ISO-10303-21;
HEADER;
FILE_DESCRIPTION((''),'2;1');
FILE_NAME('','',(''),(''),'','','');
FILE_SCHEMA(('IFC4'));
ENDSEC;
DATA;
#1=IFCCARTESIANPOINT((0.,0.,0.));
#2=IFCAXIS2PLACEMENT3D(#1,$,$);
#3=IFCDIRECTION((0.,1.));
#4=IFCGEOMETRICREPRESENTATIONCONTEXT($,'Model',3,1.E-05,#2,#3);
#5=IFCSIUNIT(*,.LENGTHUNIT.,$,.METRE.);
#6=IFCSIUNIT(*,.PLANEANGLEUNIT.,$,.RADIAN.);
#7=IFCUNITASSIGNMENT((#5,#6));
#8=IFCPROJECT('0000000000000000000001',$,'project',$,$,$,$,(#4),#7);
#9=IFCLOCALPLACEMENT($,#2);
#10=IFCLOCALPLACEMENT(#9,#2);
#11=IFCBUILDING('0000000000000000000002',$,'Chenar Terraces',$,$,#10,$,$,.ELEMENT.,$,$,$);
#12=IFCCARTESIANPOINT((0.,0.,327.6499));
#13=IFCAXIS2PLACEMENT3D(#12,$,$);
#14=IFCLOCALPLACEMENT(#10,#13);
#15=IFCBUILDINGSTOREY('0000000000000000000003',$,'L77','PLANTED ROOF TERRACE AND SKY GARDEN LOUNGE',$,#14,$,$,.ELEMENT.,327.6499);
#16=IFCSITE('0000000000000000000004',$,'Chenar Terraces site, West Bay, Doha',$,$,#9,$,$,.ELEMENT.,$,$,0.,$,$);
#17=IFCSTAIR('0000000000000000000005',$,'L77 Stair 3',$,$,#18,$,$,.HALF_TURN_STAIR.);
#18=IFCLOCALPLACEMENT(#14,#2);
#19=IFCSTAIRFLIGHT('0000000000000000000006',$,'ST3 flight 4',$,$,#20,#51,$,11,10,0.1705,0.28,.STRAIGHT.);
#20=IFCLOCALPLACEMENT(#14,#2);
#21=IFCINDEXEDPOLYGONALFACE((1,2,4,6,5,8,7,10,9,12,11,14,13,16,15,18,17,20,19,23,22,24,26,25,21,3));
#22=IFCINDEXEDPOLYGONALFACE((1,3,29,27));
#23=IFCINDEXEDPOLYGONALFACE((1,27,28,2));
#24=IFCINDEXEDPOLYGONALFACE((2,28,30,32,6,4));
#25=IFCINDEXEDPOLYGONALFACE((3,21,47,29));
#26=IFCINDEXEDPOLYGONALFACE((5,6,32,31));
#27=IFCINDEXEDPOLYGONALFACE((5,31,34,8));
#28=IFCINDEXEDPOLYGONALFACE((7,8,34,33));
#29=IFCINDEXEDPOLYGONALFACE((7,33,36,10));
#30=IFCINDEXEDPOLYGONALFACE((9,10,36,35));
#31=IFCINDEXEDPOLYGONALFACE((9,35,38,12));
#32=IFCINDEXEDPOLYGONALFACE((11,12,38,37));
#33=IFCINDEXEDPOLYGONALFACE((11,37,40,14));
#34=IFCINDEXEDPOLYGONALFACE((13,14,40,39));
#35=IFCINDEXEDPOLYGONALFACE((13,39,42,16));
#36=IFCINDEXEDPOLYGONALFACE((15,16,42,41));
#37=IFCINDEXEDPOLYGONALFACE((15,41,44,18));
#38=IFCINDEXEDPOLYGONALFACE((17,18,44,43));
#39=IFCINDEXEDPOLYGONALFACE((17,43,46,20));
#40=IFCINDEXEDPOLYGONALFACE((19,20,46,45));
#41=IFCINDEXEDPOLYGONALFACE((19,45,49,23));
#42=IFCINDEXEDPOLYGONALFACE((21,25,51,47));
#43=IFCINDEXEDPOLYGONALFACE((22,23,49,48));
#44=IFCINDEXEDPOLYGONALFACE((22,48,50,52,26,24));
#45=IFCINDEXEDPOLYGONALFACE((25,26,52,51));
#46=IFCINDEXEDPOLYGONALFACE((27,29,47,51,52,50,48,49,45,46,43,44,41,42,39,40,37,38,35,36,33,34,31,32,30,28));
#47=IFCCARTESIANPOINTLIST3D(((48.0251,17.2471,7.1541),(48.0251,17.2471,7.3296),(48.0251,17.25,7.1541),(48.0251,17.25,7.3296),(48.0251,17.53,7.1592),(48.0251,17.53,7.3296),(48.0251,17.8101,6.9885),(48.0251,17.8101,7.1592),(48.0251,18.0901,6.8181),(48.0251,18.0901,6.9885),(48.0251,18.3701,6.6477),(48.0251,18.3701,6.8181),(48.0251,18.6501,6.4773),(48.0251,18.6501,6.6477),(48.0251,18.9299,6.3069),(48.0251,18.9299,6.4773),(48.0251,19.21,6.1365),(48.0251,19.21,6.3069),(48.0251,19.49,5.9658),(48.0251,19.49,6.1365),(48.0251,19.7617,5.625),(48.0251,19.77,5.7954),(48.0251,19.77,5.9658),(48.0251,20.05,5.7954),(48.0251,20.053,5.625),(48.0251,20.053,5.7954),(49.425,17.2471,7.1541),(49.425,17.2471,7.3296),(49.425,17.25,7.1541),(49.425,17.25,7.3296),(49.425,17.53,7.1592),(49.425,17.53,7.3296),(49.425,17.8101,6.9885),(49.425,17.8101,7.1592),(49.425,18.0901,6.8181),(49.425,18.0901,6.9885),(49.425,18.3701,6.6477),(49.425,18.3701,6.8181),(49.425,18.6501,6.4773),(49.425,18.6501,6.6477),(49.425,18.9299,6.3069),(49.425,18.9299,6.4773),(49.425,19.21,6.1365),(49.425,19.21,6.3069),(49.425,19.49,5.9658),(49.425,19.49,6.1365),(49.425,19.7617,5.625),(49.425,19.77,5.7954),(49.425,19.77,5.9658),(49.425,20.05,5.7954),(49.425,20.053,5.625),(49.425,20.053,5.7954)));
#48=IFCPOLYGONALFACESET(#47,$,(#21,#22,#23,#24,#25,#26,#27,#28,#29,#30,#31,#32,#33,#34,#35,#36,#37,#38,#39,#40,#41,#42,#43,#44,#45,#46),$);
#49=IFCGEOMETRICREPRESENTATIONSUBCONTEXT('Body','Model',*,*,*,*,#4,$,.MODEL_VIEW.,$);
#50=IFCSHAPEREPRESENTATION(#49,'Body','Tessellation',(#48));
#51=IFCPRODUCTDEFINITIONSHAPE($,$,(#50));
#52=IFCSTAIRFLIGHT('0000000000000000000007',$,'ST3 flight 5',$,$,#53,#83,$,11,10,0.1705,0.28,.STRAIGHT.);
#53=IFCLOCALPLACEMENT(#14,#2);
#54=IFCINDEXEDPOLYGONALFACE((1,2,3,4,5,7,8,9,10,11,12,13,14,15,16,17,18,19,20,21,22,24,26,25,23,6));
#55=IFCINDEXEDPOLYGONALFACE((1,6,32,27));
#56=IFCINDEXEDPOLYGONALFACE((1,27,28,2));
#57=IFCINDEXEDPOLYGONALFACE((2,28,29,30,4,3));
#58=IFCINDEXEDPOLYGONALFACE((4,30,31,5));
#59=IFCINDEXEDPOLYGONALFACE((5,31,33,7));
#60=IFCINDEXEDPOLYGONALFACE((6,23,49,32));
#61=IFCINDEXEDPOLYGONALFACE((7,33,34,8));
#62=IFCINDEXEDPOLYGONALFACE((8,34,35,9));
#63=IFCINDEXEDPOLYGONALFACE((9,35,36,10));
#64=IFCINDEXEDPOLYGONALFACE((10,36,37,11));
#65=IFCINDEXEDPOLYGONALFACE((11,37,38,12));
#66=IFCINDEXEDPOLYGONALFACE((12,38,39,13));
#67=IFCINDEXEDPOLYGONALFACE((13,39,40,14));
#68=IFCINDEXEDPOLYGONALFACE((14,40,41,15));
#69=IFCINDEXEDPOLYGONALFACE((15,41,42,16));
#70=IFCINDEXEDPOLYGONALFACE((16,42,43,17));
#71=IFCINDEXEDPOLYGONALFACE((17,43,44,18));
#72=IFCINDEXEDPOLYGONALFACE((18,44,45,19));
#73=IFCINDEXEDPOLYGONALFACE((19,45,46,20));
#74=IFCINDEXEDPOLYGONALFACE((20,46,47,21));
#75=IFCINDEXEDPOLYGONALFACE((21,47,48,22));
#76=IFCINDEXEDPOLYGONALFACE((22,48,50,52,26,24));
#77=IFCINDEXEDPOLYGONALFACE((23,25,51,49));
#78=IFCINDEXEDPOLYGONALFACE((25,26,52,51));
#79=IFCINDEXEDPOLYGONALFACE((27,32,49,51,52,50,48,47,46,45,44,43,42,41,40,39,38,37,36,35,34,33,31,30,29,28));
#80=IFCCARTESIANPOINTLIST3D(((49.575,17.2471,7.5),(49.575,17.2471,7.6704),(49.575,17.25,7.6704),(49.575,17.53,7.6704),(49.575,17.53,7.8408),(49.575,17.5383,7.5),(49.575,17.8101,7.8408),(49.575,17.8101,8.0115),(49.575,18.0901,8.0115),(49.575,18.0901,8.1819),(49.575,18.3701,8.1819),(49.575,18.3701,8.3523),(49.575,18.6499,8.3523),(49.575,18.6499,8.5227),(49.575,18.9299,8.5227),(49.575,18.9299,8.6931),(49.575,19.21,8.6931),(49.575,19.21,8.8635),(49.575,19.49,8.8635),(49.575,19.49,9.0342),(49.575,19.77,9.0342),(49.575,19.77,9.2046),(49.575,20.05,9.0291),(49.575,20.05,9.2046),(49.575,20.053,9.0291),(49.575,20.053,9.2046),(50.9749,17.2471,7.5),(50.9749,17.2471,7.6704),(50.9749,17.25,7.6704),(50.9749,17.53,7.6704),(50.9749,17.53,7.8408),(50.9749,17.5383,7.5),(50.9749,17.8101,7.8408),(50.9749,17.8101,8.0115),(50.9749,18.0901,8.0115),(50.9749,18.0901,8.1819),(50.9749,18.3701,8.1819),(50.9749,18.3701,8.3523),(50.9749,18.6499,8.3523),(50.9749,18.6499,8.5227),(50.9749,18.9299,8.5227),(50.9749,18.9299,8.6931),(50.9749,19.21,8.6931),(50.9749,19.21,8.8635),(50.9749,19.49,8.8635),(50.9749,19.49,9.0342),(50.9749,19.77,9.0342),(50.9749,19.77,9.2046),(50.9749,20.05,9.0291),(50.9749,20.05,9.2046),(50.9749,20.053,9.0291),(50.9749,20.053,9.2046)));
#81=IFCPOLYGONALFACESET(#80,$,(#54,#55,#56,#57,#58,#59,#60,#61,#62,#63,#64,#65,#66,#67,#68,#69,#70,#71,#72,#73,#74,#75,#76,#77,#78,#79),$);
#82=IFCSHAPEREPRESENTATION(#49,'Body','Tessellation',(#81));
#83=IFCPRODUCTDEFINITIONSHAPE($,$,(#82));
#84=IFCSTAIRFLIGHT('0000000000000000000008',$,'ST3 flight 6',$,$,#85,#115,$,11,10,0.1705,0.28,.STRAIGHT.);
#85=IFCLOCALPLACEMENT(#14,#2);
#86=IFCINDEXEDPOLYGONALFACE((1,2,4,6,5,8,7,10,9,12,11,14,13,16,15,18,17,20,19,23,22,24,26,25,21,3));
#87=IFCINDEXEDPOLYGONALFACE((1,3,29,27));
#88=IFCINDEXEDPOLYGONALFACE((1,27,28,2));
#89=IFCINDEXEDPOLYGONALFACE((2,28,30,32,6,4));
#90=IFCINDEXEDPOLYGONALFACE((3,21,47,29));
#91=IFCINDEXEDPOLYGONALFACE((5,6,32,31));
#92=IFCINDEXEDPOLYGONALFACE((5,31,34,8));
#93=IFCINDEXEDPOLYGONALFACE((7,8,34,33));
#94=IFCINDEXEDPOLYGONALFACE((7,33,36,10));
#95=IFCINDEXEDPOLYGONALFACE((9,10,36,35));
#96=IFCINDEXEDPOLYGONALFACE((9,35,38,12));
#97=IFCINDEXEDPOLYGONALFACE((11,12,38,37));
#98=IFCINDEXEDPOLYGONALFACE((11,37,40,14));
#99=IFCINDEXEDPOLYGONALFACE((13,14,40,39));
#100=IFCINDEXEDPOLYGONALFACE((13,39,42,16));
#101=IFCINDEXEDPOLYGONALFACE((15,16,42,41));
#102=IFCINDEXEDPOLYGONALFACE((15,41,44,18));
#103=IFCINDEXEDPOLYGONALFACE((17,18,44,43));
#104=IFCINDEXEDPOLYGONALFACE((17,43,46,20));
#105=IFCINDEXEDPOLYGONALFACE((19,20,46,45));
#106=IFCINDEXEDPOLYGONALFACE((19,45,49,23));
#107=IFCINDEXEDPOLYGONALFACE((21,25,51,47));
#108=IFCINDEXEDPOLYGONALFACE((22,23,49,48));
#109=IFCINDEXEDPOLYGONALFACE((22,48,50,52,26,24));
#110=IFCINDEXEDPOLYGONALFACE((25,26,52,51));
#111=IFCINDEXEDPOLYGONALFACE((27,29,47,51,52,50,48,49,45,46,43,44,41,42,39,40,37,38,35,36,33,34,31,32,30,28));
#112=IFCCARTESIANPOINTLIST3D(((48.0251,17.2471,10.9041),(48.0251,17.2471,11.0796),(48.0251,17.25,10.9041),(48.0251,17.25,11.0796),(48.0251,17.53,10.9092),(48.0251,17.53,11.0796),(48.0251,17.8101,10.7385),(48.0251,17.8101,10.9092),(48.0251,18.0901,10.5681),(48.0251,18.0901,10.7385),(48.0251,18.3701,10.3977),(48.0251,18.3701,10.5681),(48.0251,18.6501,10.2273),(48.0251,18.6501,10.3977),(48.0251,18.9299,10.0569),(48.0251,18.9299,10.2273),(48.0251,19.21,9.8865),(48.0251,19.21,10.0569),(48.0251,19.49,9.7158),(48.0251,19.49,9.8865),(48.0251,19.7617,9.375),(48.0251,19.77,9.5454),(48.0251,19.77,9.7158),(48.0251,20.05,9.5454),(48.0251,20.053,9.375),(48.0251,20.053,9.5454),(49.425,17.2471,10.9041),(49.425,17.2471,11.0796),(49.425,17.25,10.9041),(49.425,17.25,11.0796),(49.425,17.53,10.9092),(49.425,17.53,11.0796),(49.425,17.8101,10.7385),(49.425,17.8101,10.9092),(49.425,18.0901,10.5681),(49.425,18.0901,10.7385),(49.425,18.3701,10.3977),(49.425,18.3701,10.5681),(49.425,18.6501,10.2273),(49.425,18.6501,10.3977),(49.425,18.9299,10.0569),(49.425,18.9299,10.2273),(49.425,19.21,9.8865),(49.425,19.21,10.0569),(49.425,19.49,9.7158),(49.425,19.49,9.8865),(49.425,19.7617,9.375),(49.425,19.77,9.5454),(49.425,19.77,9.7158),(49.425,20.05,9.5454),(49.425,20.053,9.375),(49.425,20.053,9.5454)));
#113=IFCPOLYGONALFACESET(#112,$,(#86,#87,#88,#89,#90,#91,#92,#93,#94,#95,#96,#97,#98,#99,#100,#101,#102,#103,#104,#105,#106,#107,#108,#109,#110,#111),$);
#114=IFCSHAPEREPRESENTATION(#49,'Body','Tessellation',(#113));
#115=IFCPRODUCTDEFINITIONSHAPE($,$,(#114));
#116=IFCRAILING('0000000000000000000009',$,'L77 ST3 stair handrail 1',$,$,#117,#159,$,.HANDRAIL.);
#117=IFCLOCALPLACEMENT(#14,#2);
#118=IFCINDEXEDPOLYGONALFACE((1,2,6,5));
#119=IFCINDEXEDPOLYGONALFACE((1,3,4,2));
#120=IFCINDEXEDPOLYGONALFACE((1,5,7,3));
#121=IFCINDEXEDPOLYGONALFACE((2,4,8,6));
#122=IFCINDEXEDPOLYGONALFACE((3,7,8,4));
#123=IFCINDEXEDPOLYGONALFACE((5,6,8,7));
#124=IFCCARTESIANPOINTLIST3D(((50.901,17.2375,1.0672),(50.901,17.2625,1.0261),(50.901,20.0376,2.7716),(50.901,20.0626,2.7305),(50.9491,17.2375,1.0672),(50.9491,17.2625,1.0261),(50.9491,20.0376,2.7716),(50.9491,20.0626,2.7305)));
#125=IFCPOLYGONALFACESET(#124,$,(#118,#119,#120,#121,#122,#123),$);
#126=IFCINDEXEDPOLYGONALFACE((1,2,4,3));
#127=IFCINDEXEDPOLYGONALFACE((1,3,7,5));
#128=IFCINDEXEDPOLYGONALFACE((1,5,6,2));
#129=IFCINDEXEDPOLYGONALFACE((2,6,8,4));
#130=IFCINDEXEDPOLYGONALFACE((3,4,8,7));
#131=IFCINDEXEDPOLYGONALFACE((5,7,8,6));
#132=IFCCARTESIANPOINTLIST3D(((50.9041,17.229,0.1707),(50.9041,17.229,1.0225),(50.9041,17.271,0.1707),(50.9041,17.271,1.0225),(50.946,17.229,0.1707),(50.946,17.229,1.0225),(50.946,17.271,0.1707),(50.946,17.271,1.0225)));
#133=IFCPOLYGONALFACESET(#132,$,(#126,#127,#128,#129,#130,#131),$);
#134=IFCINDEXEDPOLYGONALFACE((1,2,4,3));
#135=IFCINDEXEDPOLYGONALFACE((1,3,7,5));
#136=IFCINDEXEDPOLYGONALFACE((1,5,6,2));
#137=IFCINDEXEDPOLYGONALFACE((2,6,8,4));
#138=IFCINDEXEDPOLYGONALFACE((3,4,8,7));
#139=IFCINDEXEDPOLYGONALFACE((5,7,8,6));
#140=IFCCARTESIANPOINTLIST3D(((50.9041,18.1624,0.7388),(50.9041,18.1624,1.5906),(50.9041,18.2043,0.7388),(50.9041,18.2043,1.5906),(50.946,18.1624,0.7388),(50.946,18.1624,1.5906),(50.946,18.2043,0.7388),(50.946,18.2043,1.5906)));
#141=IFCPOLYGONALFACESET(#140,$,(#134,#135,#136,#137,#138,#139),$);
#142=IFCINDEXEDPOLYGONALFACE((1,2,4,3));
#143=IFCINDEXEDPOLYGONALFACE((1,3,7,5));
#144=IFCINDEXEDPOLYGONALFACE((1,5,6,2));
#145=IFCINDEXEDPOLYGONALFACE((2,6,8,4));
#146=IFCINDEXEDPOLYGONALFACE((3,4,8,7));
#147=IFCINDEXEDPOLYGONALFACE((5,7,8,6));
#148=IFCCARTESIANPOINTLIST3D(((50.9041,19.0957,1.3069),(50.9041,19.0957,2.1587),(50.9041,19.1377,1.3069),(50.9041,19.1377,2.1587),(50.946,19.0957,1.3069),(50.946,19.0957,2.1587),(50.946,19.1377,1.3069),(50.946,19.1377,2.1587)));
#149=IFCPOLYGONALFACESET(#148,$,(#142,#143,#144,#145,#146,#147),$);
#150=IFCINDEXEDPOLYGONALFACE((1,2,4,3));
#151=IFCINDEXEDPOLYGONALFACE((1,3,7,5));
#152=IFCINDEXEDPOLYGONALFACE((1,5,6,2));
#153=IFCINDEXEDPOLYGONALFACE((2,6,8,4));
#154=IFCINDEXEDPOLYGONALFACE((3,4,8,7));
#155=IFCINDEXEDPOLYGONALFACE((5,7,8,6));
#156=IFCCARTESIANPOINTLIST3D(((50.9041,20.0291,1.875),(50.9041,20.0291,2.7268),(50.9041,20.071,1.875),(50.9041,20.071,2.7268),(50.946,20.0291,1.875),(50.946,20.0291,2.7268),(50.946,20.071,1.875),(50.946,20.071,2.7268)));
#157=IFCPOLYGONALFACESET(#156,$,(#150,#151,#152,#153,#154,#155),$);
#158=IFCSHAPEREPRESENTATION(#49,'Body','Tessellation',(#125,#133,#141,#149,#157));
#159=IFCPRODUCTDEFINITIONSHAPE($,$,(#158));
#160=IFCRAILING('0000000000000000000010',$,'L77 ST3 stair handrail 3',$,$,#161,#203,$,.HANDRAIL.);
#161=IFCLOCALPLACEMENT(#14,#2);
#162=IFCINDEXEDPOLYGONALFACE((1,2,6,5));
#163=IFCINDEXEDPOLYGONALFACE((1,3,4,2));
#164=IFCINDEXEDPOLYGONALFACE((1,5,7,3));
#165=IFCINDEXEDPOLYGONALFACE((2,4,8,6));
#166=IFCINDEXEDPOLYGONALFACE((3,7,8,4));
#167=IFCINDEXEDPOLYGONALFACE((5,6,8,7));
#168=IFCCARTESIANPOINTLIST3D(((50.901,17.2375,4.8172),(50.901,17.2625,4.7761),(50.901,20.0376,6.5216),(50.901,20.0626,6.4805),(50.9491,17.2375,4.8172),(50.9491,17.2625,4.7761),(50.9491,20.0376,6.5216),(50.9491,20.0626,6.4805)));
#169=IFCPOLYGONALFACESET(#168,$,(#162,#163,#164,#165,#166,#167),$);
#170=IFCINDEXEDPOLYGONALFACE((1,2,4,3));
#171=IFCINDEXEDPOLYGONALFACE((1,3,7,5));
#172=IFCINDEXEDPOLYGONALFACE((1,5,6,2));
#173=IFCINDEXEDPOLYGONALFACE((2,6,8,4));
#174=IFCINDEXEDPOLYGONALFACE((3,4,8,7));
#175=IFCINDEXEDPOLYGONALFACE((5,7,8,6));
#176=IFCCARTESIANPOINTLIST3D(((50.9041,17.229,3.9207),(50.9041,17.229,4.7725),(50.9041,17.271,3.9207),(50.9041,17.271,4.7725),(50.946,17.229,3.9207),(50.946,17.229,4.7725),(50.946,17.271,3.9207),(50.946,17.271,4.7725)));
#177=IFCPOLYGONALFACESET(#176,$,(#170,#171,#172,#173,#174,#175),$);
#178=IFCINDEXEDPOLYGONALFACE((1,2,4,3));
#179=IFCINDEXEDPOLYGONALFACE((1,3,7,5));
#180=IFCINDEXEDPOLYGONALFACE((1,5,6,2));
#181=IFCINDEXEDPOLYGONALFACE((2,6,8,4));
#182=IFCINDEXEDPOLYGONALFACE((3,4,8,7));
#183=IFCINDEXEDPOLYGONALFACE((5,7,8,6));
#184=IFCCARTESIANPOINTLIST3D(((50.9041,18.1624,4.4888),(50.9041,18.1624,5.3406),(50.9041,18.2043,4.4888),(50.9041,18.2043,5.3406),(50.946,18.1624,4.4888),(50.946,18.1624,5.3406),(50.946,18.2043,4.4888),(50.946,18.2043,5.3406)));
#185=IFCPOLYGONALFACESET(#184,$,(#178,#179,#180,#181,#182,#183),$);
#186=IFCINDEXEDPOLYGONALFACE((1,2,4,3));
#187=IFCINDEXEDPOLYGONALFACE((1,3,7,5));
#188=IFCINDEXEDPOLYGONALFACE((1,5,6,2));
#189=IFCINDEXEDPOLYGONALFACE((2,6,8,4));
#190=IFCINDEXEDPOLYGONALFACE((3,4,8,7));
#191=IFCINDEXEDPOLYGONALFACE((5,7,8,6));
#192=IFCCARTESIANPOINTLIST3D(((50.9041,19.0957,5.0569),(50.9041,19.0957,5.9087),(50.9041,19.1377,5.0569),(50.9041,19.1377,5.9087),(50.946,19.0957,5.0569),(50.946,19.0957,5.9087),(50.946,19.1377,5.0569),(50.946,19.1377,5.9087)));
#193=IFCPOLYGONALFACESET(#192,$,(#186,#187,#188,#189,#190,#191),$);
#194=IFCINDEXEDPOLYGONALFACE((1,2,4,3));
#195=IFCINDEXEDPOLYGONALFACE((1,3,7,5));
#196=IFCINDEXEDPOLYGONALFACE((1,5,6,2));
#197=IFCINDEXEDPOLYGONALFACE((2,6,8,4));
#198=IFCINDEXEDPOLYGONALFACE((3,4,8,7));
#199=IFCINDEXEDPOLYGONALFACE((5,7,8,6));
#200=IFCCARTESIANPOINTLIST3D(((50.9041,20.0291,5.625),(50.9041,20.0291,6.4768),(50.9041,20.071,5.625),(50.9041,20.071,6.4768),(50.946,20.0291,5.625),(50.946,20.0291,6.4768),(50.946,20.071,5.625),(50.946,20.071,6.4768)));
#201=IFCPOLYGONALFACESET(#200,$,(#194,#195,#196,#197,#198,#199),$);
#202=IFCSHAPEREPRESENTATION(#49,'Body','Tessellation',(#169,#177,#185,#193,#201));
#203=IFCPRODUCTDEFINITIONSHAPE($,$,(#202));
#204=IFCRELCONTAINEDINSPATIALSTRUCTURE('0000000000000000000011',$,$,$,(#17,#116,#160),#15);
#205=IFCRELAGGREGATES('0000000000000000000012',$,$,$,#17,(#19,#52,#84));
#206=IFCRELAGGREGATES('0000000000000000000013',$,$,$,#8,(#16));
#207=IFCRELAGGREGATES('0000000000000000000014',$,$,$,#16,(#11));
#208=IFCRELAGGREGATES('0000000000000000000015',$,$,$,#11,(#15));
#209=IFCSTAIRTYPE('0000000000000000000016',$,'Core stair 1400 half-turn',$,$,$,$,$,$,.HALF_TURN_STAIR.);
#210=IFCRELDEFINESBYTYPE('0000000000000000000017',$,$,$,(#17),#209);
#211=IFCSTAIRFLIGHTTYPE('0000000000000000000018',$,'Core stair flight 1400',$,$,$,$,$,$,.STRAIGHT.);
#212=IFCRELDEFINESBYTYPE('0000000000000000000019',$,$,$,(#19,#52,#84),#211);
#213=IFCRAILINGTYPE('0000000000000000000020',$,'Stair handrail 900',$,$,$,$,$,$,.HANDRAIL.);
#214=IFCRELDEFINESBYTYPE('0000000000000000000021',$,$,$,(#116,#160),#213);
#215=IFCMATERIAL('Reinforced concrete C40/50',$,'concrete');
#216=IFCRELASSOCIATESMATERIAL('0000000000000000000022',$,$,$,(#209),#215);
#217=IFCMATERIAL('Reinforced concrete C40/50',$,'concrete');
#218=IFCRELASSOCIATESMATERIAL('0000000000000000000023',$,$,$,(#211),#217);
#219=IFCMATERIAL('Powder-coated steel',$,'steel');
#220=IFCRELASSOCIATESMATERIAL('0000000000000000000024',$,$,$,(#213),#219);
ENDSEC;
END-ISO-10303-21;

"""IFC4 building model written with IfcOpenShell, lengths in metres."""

from ifc_helpers import new_model, si_unit, direction, frame, origin, origin_2d, place, context, subcontext, project, spatial, polyline, rectangle, outline, extrude, material, type_object, element, aggregate, save


model = new_model("IFC4")

# Units and contexts
model_context = context("Model", 3, precision=1e-05, world=origin(), true_north=direction((0.0, 1.0)))
body_context = subcontext(model_context, "Body", "Model", "MODEL_VIEW")
ifc_project = project(units=[si_unit("LENGTHUNIT", "METRE"), si_unit("PLANEANGLEUNIT", "RADIAN")], contexts=[model_context])

# Site, building, storey
site_placement = place(None, origin())
site = spatial("IfcSite", under=ifc_project, at=site_placement, Name="Chenar Terraces site, West Bay, Doha", CompositionType="ELEMENT", RefElevation=0.0)
building_placement = place(site_placement, origin())
building = spatial("IfcBuilding", under=site, at=building_placement, Name="Chenar Terraces", CompositionType="ELEMENT")
storey_placement = place(building_placement, frame((0.0, 0.0, 327.6499)))
storey = spatial("IfcBuildingStorey", under=building, at=storey_placement, Name="L77", Description="PLANTED ROOF TERRACE AND SKY GARDEN LOUNGE", CompositionType="ELEMENT", Elevation=327.6499)

# Shared definitions
placement = place(storey_placement, origin())

# Stair, stair flights
ifc_material_1 = material(Name="Reinforced concrete C40/50", Category="concrete")
stair_type = type_object("IfcStairType", Name="Core stair 1400 half-turn", PredefinedType="HALF_TURN_STAIR", material=ifc_material_1)
stair = element("IfcStair", 1, at=placement, inside=storey, type_object=stair_type, Name="L77 Stair 3", PredefinedType="HALF_TURN_STAIR")
ifc_material_2 = material(Name="Reinforced concrete C40/50", Category="concrete")
stair_flight_type = type_object("IfcStairFlightType", Name="Core stair flight 1400", PredefinedType="STRAIGHT", material=ifc_material_2)
stair_flight_1_placement = place(storey_placement, frame((48.7251, 20.05, 5.625), z_axis=(0.0, 0.0, 1.0), x_axis=(0.0, -1.0, 0.0)))
stair_flight_1 = element("IfcStairFlight", 2, at=stair_flight_1_placement, type_object=stair_flight_type, Name="ST3 flight 4", NumberOfRisers=11, NumberOfTreads=10, PredefinedType="STRAIGHT", RiserHeight=0.1705, TreadLength=0.28, context=body_context, shape_type="SweptSolid", body=[
    extrude(outline(polyline([(-0.0029, 0.0), (-0.0029, 0.1704), (0.0, 0.1704), (0.28, 0.1704), (0.28, 0.3408), (0.5601, 0.3408), (0.5601, 0.5115), (0.8401, 0.5115), (0.8401, 0.6819), (1.1201, 0.6819), (1.1201, 0.8523), (1.3999, 0.8523), (1.3999, 1.0227), (1.6799, 1.0227), (1.6799, 1.1931), (1.96, 1.1931), (1.96, 1.3635), (2.24, 1.3635), (2.24, 1.5342), (2.52, 1.5342), (2.52, 1.7046), (2.8, 1.7046), (2.803, 1.7046), (2.803, 1.5291), (2.8, 1.5291), (0.2883, 0.0), (-0.0029, 0.0)])), frame((0.0, 0.7, 0.0), z_axis=(0.0, -1.0, 0.0), x_axis=(1.0, 0.0, 0.0)), (0.0, 0.0, 1.0), 1.3999),
])
stair_flight_2_placement = place(storey_placement, frame((50.2749, 17.25, 7.5), z_axis=(0.0, 0.0, 1.0), x_axis=(0.0, 1.0, 0.0)))
stair_flight_2 = element("IfcStairFlight", 3, at=stair_flight_2_placement, type_object=stair_flight_type, Name="ST3 flight 5", NumberOfRisers=11, NumberOfTreads=10, PredefinedType="STRAIGHT", RiserHeight=0.1705, TreadLength=0.28, context=body_context, shape_type="SweptSolid", body=[
    extrude(outline(polyline([(-0.0029, 0.0), (-0.0029, 0.1704), (0.0, 0.1704), (0.28, 0.1704), (0.28, 0.3408), (0.5601, 0.3408), (0.5601, 0.5115), (0.8401, 0.5115), (0.8401, 0.6819), (1.1201, 0.6819), (1.1201, 0.8523), (1.3999, 0.8523), (1.3999, 1.0227), (1.6799, 1.0227), (1.6799, 1.1931), (1.96, 1.1931), (1.96, 1.3635), (2.24, 1.3635), (2.24, 1.5342), (2.52, 1.5342), (2.52, 1.7046), (2.8, 1.7046), (2.803, 1.7046), (2.803, 1.5291), (2.8, 1.5291), (0.2883, 0.0), (-0.0029, 0.0)])), frame((0.0, 0.7, 0.0), z_axis=(0.0, -1.0, 0.0), x_axis=(1.0, 0.0, 0.0)), (0.0, 0.0, 1.0), 1.3999),
])
stair_flight_3_placement = place(storey_placement, frame((48.7251, 20.05, 9.375), z_axis=(0.0, 0.0, 1.0), x_axis=(0.0, -1.0, 0.0)))
stair_flight_3 = element("IfcStairFlight", 4, at=stair_flight_3_placement, type_object=stair_flight_type, Name="ST3 flight 6", NumberOfRisers=11, NumberOfTreads=10, PredefinedType="STRAIGHT", RiserHeight=0.1705, TreadLength=0.28, context=body_context, shape_type="SweptSolid", body=[
    extrude(outline(polyline([(-0.0029, 0.0), (-0.0029, 0.1704), (0.0, 0.1704), (0.28, 0.1704), (0.28, 0.3408), (0.5601, 0.3408), (0.5601, 0.5115), (0.8401, 0.5115), (0.8401, 0.6819), (1.1201, 0.6819), (1.1201, 0.8523), (1.3999, 0.8523), (1.3999, 1.0227), (1.6799, 1.0227), (1.6799, 1.1931), (1.96, 1.1931), (1.96, 1.3635), (2.24, 1.3635), (2.24, 1.5342), (2.52, 1.5342), (2.52, 1.7046), (2.8, 1.7046), (2.803, 1.7046), (2.803, 1.5291), (2.8, 1.5291), (0.2883, 0.0), (-0.0029, 0.0)])), frame((0.0, 0.7, 0.0), z_axis=(0.0, -1.0, 0.0), x_axis=(1.0, 0.0, 0.0)), (0.0, 0.0, 1.0), 1.3999),
])
aggregate(stair, [stair_flight_1, stair_flight_2, stair_flight_3])

# Railings
ifc_material_3 = material(Name="Powder-coated steel", Category="steel")
railing_type_1 = type_object("IfcRailingType", Name="Stair handrail 900", PredefinedType="HANDRAIL", material=ifc_material_3)
for number, where, name in (
    (5, (50.925, 17.25, 0.1707), "L77 ST3 stair handrail 1"),
    (6, (50.925, 17.25, 3.9207), "L77 ST3 stair handrail 3"),
):
    element("IfcRailing", number, at=place(storey_placement, frame(where)), inside=storey, type_object=railing_type_1, Name=name, PredefinedType="HANDRAIL", context=body_context, shape_type="SweptSolid", body=[
        extrude(rectangle(XDim=0.0481, YDim=0.0481, at=origin_2d()), frame((0.0, 0.0, 0.876), z_axis=(0.0, 0.854203, 0.51994), x_axis=(-1.0, 0.0, 0.0)), (0.0, 0.0, 1.0), 3.2781),
        extrude(rectangle(XDim=0.042, YDim=0.042, at=origin_2d()), origin(), (0.0, 0.0, 1.0), 0.8518),
        extrude(rectangle(XDim=0.042, YDim=0.042, at=origin_2d()), frame((0.0, 0.9333, 0.5681)), (0.0, 0.0, 1.0), 0.8518),
        extrude(rectangle(XDim=0.042, YDim=0.042, at=origin_2d()), frame((0.0, 1.8667, 1.1362)), (0.0, 0.0, 1.0), 0.8518),
        extrude(rectangle(XDim=0.042, YDim=0.042, at=origin_2d()), frame((0.0, 2.8, 1.7043)), (0.0, 0.0, 1.0), 0.8518),
    ])

save(model, "model.ifc")
